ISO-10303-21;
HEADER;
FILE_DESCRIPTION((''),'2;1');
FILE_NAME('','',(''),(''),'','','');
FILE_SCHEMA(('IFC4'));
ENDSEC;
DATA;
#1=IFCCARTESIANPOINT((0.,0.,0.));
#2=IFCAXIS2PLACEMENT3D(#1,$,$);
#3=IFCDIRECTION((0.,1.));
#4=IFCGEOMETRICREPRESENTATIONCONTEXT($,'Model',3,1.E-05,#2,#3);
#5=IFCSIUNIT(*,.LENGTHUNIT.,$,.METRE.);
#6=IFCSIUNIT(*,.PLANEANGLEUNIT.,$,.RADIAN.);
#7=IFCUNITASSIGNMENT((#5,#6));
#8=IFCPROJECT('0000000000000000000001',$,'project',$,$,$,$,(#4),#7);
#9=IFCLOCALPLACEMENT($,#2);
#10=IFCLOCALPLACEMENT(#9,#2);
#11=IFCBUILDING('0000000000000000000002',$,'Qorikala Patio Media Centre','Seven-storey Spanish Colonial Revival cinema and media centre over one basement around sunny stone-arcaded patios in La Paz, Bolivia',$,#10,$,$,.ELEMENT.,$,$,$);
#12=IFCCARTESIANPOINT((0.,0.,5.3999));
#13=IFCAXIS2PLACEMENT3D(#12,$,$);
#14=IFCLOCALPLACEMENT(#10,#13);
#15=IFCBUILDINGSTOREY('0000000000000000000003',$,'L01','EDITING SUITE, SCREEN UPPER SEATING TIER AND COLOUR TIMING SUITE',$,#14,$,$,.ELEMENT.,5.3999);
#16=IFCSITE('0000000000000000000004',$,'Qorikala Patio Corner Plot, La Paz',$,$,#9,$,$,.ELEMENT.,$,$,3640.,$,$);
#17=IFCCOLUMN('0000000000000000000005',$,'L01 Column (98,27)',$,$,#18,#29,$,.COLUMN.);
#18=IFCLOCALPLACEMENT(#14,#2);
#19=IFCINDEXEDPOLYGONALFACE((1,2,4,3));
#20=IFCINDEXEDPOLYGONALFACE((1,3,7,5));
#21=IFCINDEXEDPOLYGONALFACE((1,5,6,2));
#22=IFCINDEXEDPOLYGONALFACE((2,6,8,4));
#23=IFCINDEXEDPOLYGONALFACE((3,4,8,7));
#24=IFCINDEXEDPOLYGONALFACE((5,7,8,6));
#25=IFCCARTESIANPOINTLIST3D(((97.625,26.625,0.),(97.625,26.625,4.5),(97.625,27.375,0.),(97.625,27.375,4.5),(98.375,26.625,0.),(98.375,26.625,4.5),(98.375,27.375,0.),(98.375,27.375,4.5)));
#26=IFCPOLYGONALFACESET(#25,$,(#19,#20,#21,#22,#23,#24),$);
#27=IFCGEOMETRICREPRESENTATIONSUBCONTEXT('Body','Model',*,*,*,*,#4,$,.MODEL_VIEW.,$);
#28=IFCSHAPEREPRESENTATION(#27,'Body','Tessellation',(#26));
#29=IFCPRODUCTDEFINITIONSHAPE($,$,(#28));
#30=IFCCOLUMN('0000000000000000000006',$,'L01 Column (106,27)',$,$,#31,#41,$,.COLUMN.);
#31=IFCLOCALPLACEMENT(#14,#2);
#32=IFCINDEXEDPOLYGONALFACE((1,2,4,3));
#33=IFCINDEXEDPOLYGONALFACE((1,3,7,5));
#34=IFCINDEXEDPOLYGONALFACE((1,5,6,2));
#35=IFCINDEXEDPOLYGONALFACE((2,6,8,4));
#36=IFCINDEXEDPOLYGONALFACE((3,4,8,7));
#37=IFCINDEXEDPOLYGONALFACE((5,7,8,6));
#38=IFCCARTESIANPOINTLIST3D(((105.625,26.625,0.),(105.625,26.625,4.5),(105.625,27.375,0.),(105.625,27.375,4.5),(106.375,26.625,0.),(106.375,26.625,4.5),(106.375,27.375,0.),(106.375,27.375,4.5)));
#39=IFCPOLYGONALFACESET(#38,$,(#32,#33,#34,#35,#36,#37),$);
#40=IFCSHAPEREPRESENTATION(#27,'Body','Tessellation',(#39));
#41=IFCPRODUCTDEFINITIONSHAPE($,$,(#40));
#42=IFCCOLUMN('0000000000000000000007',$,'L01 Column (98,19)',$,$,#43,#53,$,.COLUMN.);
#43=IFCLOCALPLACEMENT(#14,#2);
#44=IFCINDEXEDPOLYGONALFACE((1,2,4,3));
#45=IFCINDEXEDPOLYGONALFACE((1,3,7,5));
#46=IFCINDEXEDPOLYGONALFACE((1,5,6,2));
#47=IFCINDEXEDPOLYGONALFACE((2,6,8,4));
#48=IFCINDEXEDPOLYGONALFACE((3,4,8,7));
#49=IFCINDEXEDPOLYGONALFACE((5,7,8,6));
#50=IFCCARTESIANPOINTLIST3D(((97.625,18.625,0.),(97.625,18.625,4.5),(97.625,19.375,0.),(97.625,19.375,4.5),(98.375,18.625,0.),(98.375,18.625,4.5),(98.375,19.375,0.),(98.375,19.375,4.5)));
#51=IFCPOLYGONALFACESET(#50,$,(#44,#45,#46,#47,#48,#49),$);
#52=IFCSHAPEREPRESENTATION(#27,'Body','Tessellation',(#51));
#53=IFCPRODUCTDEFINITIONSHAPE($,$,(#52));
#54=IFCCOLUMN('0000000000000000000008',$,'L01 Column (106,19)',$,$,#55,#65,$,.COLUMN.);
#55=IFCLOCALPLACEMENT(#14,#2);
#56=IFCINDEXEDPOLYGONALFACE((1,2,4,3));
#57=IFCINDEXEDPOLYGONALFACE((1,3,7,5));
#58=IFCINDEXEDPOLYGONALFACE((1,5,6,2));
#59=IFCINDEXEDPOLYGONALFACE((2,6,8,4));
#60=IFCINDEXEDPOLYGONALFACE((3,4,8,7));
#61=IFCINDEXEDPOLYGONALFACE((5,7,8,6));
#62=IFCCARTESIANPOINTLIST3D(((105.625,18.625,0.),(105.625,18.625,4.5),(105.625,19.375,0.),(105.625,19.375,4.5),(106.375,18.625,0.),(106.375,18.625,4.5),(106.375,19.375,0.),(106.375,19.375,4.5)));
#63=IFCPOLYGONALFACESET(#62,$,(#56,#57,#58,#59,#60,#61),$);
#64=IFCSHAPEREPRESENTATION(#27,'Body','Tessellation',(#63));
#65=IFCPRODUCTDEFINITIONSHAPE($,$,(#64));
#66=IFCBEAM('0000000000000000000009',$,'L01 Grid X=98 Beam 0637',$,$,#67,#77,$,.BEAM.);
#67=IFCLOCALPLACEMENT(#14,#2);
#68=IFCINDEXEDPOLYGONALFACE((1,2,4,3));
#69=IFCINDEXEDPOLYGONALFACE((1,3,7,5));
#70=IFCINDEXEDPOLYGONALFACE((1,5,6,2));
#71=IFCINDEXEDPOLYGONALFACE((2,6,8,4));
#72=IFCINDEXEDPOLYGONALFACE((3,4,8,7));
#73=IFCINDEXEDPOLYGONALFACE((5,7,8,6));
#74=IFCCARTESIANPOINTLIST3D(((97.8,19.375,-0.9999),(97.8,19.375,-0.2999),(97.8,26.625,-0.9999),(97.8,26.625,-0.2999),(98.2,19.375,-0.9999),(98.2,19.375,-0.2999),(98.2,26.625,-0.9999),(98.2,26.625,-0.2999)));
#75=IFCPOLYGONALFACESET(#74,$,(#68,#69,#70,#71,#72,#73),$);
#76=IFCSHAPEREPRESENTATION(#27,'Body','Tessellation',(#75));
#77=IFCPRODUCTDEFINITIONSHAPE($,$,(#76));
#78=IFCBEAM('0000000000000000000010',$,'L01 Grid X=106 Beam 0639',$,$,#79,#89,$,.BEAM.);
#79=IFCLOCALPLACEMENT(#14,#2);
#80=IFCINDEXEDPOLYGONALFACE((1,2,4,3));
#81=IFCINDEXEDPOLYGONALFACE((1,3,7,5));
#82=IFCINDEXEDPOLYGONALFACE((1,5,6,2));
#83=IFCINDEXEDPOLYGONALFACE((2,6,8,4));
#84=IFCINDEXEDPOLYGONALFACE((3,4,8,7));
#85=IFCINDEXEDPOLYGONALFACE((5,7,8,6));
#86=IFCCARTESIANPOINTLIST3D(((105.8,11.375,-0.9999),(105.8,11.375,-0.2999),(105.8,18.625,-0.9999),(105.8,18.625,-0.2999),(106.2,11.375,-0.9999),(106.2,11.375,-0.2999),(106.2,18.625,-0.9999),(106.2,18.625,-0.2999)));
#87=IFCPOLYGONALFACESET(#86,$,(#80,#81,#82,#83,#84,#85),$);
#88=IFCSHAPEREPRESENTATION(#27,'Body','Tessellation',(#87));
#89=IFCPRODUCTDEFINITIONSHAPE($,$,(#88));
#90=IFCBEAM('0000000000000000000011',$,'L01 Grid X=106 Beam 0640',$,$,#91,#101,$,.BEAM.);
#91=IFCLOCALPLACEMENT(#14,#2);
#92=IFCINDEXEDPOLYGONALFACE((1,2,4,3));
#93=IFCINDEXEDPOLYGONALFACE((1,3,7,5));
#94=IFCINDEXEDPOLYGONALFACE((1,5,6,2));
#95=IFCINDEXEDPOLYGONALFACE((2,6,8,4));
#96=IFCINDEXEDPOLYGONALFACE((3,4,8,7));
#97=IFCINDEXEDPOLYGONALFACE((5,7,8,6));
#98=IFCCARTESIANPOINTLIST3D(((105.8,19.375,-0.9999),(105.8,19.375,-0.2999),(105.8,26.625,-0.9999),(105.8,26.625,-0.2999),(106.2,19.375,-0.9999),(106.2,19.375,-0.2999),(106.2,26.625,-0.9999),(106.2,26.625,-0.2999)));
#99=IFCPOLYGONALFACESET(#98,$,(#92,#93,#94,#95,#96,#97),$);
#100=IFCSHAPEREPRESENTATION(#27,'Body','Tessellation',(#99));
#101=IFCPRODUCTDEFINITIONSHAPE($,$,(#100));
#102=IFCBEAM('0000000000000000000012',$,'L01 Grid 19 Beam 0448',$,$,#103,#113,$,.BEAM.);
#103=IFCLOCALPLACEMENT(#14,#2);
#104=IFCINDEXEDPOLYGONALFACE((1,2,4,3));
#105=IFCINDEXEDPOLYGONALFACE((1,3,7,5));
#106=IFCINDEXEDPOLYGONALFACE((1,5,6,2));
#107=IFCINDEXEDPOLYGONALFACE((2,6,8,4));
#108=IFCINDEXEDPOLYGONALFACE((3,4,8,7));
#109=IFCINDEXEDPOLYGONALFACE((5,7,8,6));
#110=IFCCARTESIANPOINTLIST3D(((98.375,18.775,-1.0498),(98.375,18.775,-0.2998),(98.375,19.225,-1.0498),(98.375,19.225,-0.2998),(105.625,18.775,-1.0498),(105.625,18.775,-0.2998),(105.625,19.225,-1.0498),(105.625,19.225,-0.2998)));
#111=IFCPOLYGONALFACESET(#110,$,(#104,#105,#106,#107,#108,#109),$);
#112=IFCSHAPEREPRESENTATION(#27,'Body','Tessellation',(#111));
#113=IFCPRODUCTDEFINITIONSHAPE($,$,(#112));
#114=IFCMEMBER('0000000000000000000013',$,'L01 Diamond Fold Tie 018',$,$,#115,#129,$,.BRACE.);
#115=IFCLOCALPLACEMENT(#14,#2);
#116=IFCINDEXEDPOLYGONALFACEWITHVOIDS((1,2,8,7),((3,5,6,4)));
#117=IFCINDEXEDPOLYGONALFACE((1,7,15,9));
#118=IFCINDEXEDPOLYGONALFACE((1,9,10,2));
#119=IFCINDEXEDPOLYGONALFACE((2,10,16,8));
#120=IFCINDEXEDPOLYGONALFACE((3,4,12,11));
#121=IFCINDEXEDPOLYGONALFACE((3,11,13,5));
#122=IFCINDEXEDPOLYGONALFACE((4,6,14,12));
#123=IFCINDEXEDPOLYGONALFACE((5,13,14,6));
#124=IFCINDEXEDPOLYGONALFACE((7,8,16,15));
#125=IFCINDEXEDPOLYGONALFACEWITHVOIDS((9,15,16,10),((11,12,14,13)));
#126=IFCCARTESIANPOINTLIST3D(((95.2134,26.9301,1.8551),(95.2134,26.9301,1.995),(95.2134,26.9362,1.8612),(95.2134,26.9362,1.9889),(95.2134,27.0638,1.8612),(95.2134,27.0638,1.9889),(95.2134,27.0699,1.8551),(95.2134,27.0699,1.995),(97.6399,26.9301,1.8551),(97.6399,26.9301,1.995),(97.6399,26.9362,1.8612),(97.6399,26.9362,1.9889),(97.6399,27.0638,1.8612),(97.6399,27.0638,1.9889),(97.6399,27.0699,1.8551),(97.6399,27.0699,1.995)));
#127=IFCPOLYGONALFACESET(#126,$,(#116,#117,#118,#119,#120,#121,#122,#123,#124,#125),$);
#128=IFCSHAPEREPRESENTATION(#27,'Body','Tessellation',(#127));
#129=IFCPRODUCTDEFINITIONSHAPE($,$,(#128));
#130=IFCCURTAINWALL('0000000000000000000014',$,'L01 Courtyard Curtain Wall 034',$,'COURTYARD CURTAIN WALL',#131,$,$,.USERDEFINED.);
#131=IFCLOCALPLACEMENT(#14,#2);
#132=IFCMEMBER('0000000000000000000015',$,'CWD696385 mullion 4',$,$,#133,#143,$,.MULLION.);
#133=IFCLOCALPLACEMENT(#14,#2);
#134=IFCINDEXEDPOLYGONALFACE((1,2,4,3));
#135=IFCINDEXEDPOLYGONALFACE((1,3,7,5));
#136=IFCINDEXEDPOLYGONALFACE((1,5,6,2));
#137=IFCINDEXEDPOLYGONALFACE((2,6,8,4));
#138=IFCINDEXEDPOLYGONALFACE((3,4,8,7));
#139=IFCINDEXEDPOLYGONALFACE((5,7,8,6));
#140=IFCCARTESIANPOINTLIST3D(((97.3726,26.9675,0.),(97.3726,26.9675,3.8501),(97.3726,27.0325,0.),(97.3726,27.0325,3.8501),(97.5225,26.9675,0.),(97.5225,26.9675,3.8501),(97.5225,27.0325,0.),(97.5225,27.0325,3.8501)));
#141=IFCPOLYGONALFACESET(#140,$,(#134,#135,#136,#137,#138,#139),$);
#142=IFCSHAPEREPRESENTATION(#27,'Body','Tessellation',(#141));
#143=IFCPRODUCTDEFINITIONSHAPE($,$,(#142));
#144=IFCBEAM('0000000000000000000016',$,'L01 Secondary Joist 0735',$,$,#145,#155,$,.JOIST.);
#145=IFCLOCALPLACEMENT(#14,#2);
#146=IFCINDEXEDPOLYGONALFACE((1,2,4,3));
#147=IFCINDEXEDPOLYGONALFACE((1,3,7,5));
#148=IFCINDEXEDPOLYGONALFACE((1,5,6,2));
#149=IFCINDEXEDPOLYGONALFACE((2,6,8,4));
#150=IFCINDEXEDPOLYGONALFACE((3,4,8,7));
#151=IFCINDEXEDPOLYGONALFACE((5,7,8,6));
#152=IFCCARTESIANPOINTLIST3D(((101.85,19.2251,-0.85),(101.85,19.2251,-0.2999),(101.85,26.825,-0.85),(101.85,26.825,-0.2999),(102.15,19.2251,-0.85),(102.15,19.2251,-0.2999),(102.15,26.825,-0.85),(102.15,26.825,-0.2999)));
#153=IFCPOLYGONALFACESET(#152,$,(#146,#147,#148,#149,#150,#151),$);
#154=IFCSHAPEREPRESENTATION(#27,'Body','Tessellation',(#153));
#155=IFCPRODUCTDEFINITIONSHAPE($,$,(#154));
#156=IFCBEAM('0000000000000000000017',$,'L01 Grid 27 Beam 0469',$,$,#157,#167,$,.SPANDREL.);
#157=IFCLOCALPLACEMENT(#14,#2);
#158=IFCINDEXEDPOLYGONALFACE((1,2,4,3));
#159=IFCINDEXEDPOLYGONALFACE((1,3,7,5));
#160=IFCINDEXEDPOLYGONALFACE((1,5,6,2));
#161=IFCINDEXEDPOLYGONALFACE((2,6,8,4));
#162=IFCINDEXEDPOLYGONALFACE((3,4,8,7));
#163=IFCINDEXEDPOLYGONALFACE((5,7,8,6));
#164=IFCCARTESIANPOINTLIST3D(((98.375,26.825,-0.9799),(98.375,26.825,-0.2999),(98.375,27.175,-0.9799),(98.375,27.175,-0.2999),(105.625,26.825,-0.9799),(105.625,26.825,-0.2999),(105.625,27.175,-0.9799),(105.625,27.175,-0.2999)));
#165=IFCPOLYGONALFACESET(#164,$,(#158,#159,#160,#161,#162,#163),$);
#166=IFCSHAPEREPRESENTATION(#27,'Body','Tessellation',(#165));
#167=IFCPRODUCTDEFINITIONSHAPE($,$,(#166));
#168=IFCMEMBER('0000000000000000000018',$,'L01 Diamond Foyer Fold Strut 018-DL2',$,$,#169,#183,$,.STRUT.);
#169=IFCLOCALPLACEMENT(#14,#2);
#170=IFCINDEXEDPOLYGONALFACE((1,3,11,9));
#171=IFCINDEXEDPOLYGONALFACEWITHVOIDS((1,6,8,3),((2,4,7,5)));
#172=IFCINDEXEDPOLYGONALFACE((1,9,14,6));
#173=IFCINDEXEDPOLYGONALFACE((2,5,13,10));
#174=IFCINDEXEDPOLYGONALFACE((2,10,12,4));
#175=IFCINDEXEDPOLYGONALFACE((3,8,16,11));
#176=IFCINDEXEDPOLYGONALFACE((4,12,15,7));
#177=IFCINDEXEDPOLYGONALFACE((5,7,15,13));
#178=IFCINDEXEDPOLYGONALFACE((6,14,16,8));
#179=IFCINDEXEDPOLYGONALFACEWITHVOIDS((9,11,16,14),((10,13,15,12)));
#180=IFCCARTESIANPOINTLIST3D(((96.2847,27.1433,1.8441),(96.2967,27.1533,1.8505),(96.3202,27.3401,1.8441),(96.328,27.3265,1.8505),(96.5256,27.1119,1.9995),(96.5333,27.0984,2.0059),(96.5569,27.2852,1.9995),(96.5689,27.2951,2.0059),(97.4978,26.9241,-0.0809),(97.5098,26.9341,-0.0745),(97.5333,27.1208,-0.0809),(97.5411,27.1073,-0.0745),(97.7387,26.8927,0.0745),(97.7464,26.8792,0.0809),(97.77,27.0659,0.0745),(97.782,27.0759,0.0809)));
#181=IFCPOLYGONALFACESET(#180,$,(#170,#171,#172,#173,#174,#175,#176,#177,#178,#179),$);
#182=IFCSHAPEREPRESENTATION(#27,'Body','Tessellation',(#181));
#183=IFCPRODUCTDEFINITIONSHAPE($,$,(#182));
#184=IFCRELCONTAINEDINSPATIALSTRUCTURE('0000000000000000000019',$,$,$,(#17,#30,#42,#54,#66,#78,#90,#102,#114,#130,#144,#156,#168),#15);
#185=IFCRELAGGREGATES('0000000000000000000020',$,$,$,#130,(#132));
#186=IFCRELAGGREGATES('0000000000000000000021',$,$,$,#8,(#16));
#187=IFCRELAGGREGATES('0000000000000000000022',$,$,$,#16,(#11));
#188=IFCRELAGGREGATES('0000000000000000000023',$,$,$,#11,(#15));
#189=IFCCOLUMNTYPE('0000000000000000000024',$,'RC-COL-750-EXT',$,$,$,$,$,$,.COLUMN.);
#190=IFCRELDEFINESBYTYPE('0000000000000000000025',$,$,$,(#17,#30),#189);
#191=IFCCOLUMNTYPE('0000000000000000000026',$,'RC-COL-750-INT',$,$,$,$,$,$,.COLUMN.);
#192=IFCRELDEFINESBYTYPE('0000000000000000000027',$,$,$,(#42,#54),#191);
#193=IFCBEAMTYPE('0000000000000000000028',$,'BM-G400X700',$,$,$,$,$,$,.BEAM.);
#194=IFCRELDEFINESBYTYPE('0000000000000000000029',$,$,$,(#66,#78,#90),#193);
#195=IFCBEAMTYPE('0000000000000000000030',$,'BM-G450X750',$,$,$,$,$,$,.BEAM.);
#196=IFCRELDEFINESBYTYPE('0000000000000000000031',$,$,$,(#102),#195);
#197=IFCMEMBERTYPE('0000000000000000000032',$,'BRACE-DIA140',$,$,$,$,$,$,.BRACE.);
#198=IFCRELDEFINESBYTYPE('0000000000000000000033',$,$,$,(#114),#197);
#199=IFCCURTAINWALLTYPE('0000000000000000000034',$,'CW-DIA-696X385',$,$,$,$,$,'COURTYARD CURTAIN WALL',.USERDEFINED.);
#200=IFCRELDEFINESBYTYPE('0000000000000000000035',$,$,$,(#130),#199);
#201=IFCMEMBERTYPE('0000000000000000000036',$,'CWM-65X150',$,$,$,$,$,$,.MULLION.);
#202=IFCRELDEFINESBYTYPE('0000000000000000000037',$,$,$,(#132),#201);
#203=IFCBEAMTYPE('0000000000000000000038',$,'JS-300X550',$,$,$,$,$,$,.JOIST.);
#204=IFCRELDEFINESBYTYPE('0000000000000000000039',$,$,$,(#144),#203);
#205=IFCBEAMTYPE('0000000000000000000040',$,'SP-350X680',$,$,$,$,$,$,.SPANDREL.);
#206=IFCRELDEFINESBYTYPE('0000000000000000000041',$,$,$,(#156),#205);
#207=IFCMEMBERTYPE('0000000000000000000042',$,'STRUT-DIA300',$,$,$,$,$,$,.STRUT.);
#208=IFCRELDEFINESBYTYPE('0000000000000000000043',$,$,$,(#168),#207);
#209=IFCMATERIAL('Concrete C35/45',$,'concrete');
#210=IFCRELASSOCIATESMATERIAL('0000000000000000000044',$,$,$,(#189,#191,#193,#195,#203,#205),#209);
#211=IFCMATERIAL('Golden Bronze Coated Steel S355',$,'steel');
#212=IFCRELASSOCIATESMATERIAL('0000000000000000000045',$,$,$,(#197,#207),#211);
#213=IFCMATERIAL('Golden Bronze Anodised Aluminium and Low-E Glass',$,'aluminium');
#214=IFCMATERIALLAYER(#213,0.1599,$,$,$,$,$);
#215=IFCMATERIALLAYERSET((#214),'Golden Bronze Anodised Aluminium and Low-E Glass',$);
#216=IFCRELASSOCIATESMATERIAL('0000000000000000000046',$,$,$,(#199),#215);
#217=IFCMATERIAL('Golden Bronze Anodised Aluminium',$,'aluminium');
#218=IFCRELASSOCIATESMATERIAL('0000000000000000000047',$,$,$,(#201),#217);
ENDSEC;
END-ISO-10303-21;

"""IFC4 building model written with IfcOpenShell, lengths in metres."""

from ifc_helpers import new_model, si_unit, direction, frame, origin, origin_2d, place, context, subcontext, project, spatial, rectangle, hollow_rectangle, extrude, material, layer, layer_set, material_profile, profile_set, type_object, element, aggregate, save


model = new_model("IFC4")

# Units and contexts
model_context = context("Model", 3, precision=1e-05, world=origin(), true_north=direction((0.0, 1.0)))
body_context = subcontext(model_context, "Body", "Model", "MODEL_VIEW")
ifc_project = project(units=[si_unit("LENGTHUNIT", "METRE"), si_unit("PLANEANGLEUNIT", "RADIAN")], contexts=[model_context])

# Site, building, storey
site_placement = place(None, origin())
site = spatial("IfcSite", under=ifc_project, at=site_placement, Name="Qorikala Patio Corner Plot, La Paz", CompositionType="ELEMENT", RefElevation=3640.0)
building_placement = place(site_placement, origin())
building = spatial("IfcBuilding", under=site, at=building_placement, Name="Qorikala Patio Media Centre", Description="Seven-storey Spanish Colonial Revival cinema and media centre over one basement around sunny stone-arcaded patios in La Paz, Bolivia", CompositionType="ELEMENT")
storey_placement = place(building_placement, frame((0.0, 0.0, 5.3999)))
storey = spatial("IfcBuildingStorey", under=building, at=storey_placement, Name="L01", Description="EDITING SUITE, SCREEN UPPER SEATING TIER AND COLOUR TIMING SUITE", CompositionType="ELEMENT", Elevation=5.3999)

# Columns
ifc_material_1 = material(Name="Concrete C35/45", Category="concrete")
ifc_material_profile_1 = material_profile(ifc_material_1, rectangle(XDim=0.75, YDim=0.75, at=origin_2d()), Name="RC 750x750")
ifc_profile_set_1 = profile_set([ifc_material_profile_1], Name="Concrete C35/45")
column_type_1 = type_object("IfcColumnType", Name="RC-COL-750-EXT", PredefinedType="COLUMN", material=ifc_profile_set_1)
for number, where, z_axis, x_axis, name in (
    (1, (98.0, 27.0, 0.0), (0.0, 0.0, 1.0), (1.0, 0.0, 0.0), "L01 Column (98,27)"),
    (2, (106.0, 27.0, 0.0), (0.0, 0.0, 1.0), (1.0, 0.0, 0.0), "L01 Column (106,27)"),
):
    element("IfcColumn", number, at=place(storey_placement, frame(where, z_axis=z_axis, x_axis=x_axis)), inside=storey, type_object=column_type_1, Name=name, PredefinedType="COLUMN", context=body_context, shape_type="SweptSolid", body=[
        extrude(rectangle(XDim=0.75, YDim=0.75, at=origin_2d()), origin(), (0.0, 0.0, 1.0), 4.5),
    ])
ifc_material_profile_2 = material_profile(ifc_material_1, rectangle(XDim=0.75, YDim=0.75, at=origin_2d()), Name="RC 750x750")
ifc_profile_set_2 = profile_set([ifc_material_profile_2], Name="Concrete C35/45")
column_type_2 = type_object("IfcColumnType", Name="RC-COL-750-INT", PredefinedType="COLUMN", material=ifc_profile_set_2)
for number, where, z_axis, x_axis, name in (
    (3, (98.0, 19.0, 0.0), (0.0, 0.0, 1.0), (1.0, 0.0, 0.0), "L01 Column (98,19)"),
    (4, (106.0, 19.0, 0.0), (0.0, 0.0, 1.0), (1.0, 0.0, 0.0), "L01 Column (106,19)"),
):
    element("IfcColumn", number, at=place(storey_placement, frame(where, z_axis=z_axis, x_axis=x_axis)), inside=storey, type_object=column_type_2, Name=name, PredefinedType="COLUMN", context=body_context, shape_type="SweptSolid", body=[
        extrude(rectangle(XDim=0.75, YDim=0.75, at=origin_2d()), origin(), (0.0, 0.0, 1.0), 4.5),
    ])

# Beams
ifc_material_profile_3 = material_profile(ifc_material_1, rectangle(XDim=0.3999, YDim=0.7, at=origin_2d()), Name="RC 400x700")
ifc_profile_set_3 = profile_set([ifc_material_profile_3], Name="Concrete C35/45")
beam_type_1 = type_object("IfcBeamType", Name="BM-G400X700", PredefinedType="BEAM", material=ifc_profile_set_3)
for number, where, z_axis, x_axis, name in (
    (5, (98.0, 19.375, -0.6499), (0.0, 1.0, 0.0), (-1.0, 0.0, 0.0), "L01 Grid X=98 Beam 0637"),
    (6, (106.0, 11.375, -0.6499), (0.0, 1.0, 0.0), (-1.0, 0.0, 0.0), "L01 Grid X=106 Beam 0639"),
    (7, (106.0, 19.375, -0.6499), (0.0, 1.0, 0.0), (-1.0, 0.0, 0.0), "L01 Grid X=106 Beam 0640"),
):
    element("IfcBeam", number, at=place(storey_placement, frame(where, z_axis=z_axis, x_axis=x_axis)), inside=storey, type_object=beam_type_1, Name=name, PredefinedType="BEAM", context=body_context, shape_type="SweptSolid", body=[
        extrude(rectangle(XDim=0.3999, YDim=0.7, at=origin_2d()), origin(), (0.0, 0.0, 1.0), 7.25),
    ])
ifc_material_profile_4 = material_profile(ifc_material_1, rectangle(XDim=0.45, YDim=0.75, at=origin_2d()), Name="RC 450x750")
ifc_profile_set_4 = profile_set([ifc_material_profile_4], Name="Concrete C35/45")
beam_type_2 = type_object("IfcBeamType", Name="BM-G450X750", PredefinedType="BEAM", material=ifc_profile_set_4)
beam_1_placement = place(storey_placement, frame((98.375, 19.0, -0.6748), z_axis=(1.0, 0.0, 0.0), x_axis=(0.0, 1.0, 0.0)))
element("IfcBeam", 8, at=beam_1_placement, inside=storey, type_object=beam_type_2, Name="L01 Grid 19 Beam 0448", PredefinedType="BEAM", context=body_context, shape_type="SweptSolid", body=[
    extrude(rectangle(XDim=0.45, YDim=0.75, at=origin_2d()), origin(), (0.0, 0.0, 1.0), 7.25),
])

# Member
ifc_material_2 = material(Name="Golden Bronze Coated Steel S355", Category="steel")
ifc_material_profile_5 = material_profile(ifc_material_2, hollow_rectangle(XDim=0.1399, YDim=0.1399, WallThickness=0.0061, at=origin_2d()), Name="HSS140X140X6")
ifc_profile_set_5 = profile_set([ifc_material_profile_5], Name="Golden Bronze Coated Steel S355")
member_type_1 = type_object("IfcMemberType", Name="BRACE-DIA140", PredefinedType="BRACE", material=ifc_profile_set_5)
member_1_placement = place(storey_placement, frame((95.2134, 27.0, 1.925), z_axis=(1.0, 0.0, 0.0), x_axis=(0.0, 1.0, 0.0)))
element("IfcMember", 9, at=member_1_placement, inside=storey, type_object=member_type_1, Name="L01 Diamond Fold Tie 018", PredefinedType="BRACE", context=body_context, shape_type="SweptSolid", body=[
    extrude(hollow_rectangle(XDim=0.1399, YDim=0.1399, WallThickness=0.0061, at=origin_2d()), origin(), (0.0, 0.0, 1.0), 2.4265),
])

# Curtain wall, member
ifc_material_3 = material(Name="Golden Bronze Anodised Aluminium and Low-E Glass", Category="aluminium")
ifc_layer_1 = layer(ifc_material_3, 0.1599)
ifc_layer_set_1 = layer_set([ifc_layer_1], Name="Golden Bronze Anodised Aluminium and Low-E Glass")
curtain_wall_type = type_object("IfcCurtainWallType", Name="CW-DIA-696X385", ElementType="COURTYARD CURTAIN WALL", PredefinedType="USERDEFINED", material=ifc_layer_set_1)
curtain_wall_placement = place(storey_placement, origin())
curtain_wall = element("IfcCurtainWall", 10, at=curtain_wall_placement, inside=storey, type_object=curtain_wall_type, Name="L01 Courtyard Curtain Wall 034", ObjectType="COURTYARD CURTAIN WALL", PredefinedType="USERDEFINED")
ifc_material_4 = material(Name="Golden Bronze Anodised Aluminium", Category="aluminium")
ifc_material_profile_6 = material_profile(ifc_material_4, rectangle(XDim=0.0649, YDim=0.1499, at=origin_2d()), Name="ALU MULLION 65x150")
ifc_profile_set_6 = profile_set([ifc_material_profile_6], Name="Golden Bronze Anodised Aluminium")
member_type_2 = type_object("IfcMemberType", Name="CWM-65X150", PredefinedType="MULLION", material=ifc_profile_set_6)
member_2_placement = place(storey_placement, frame((97.4475, 27.0, 0.0), z_axis=(0.0, 0.0, 1.0), x_axis=(0.0, 1.0, 0.0)))
member_2 = element("IfcMember", 11, at=member_2_placement, type_object=member_type_2, Name="CWD696385 mullion 4", PredefinedType="MULLION", context=body_context, shape_type="SweptSolid", body=[
    extrude(rectangle(XDim=0.0649, YDim=0.1499, at=origin_2d()), origin(), (0.0, 0.0, 1.0), 3.8501),
])

# Beams
ifc_material_profile_7 = material_profile(ifc_material_1, rectangle(XDim=0.3, YDim=0.55, at=origin_2d()), Name="RC 300x550")
ifc_profile_set_7 = profile_set([ifc_material_profile_7], Name="Concrete C35/45")
beam_type_3 = type_object("IfcBeamType", Name="JS-300X550", PredefinedType="JOIST", material=ifc_profile_set_7)
beam_2_placement = place(storey_placement, frame((102.0, 19.2251, -0.575), z_axis=(0.0, 1.0, 0.0), x_axis=(-1.0, 0.0, 0.0)))
element("IfcBeam", 12, at=beam_2_placement, inside=storey, type_object=beam_type_3, Name="L01 Secondary Joist 0735", PredefinedType="JOIST", context=body_context, shape_type="SweptSolid", body=[
    extrude(rectangle(XDim=0.3, YDim=0.55, at=origin_2d()), origin(), (0.0, 0.0, 1.0), 7.5999),
])
ifc_material_profile_8 = material_profile(ifc_material_1, rectangle(XDim=0.3501, YDim=0.6799, at=origin_2d()), Name="RC 350x680")
ifc_profile_set_8 = profile_set([ifc_material_profile_8], Name="Concrete C35/45")
beam_type_4 = type_object("IfcBeamType", Name="SP-350X680", PredefinedType="SPANDREL", material=ifc_profile_set_8)
beam_3_placement = place(storey_placement, frame((98.375, 27.0, -0.6399), z_axis=(1.0, 0.0, 0.0), x_axis=(0.0, 1.0, 0.0)))
element("IfcBeam", 13, at=beam_3_placement, inside=storey, type_object=beam_type_4, Name="L01 Grid 27 Beam 0469", PredefinedType="SPANDREL", context=body_context, shape_type="SweptSolid", body=[
    extrude(rectangle(XDim=0.3501, YDim=0.6799, at=origin_2d()), origin(), (0.0, 0.0, 1.0), 7.25),
])

# Member
ifc_material_profile_9 = material_profile(ifc_material_2, hollow_rectangle(XDim=0.2, YDim=0.3, WallThickness=0.012, at=origin_2d()), Name="HSS300X200X12")
ifc_profile_set_9 = profile_set([ifc_material_profile_9], Name="Golden Bronze Coated Steel S355")
member_type_3 = type_object("IfcMemberType", Name="STRUT-DIA300", PredefinedType="STRUT", material=ifc_profile_set_9)
member_3_placement = place(storey_placement, frame((97.6399, 27.0, 0.0), z_axis=(-0.530691, 0.095907, 0.842121), x_axis=(-0.17784, -0.984059, 0.0)))
element("IfcMember", 14, at=member_3_placement, inside=storey, type_object=member_type_3, Name="L01 Diamond Foyer Fold Strut 018-DL2", PredefinedType="STRUT", context=body_context, shape_type="SweptSolid", body=[
    extrude(hollow_rectangle(XDim=0.2, YDim=0.3, WallThickness=0.012, at=origin_2d()), origin(), (0.0, 0.0, 1.0), 2.2859),
])

aggregate(curtain_wall, [member_2])

save(model, "model.ifc")
